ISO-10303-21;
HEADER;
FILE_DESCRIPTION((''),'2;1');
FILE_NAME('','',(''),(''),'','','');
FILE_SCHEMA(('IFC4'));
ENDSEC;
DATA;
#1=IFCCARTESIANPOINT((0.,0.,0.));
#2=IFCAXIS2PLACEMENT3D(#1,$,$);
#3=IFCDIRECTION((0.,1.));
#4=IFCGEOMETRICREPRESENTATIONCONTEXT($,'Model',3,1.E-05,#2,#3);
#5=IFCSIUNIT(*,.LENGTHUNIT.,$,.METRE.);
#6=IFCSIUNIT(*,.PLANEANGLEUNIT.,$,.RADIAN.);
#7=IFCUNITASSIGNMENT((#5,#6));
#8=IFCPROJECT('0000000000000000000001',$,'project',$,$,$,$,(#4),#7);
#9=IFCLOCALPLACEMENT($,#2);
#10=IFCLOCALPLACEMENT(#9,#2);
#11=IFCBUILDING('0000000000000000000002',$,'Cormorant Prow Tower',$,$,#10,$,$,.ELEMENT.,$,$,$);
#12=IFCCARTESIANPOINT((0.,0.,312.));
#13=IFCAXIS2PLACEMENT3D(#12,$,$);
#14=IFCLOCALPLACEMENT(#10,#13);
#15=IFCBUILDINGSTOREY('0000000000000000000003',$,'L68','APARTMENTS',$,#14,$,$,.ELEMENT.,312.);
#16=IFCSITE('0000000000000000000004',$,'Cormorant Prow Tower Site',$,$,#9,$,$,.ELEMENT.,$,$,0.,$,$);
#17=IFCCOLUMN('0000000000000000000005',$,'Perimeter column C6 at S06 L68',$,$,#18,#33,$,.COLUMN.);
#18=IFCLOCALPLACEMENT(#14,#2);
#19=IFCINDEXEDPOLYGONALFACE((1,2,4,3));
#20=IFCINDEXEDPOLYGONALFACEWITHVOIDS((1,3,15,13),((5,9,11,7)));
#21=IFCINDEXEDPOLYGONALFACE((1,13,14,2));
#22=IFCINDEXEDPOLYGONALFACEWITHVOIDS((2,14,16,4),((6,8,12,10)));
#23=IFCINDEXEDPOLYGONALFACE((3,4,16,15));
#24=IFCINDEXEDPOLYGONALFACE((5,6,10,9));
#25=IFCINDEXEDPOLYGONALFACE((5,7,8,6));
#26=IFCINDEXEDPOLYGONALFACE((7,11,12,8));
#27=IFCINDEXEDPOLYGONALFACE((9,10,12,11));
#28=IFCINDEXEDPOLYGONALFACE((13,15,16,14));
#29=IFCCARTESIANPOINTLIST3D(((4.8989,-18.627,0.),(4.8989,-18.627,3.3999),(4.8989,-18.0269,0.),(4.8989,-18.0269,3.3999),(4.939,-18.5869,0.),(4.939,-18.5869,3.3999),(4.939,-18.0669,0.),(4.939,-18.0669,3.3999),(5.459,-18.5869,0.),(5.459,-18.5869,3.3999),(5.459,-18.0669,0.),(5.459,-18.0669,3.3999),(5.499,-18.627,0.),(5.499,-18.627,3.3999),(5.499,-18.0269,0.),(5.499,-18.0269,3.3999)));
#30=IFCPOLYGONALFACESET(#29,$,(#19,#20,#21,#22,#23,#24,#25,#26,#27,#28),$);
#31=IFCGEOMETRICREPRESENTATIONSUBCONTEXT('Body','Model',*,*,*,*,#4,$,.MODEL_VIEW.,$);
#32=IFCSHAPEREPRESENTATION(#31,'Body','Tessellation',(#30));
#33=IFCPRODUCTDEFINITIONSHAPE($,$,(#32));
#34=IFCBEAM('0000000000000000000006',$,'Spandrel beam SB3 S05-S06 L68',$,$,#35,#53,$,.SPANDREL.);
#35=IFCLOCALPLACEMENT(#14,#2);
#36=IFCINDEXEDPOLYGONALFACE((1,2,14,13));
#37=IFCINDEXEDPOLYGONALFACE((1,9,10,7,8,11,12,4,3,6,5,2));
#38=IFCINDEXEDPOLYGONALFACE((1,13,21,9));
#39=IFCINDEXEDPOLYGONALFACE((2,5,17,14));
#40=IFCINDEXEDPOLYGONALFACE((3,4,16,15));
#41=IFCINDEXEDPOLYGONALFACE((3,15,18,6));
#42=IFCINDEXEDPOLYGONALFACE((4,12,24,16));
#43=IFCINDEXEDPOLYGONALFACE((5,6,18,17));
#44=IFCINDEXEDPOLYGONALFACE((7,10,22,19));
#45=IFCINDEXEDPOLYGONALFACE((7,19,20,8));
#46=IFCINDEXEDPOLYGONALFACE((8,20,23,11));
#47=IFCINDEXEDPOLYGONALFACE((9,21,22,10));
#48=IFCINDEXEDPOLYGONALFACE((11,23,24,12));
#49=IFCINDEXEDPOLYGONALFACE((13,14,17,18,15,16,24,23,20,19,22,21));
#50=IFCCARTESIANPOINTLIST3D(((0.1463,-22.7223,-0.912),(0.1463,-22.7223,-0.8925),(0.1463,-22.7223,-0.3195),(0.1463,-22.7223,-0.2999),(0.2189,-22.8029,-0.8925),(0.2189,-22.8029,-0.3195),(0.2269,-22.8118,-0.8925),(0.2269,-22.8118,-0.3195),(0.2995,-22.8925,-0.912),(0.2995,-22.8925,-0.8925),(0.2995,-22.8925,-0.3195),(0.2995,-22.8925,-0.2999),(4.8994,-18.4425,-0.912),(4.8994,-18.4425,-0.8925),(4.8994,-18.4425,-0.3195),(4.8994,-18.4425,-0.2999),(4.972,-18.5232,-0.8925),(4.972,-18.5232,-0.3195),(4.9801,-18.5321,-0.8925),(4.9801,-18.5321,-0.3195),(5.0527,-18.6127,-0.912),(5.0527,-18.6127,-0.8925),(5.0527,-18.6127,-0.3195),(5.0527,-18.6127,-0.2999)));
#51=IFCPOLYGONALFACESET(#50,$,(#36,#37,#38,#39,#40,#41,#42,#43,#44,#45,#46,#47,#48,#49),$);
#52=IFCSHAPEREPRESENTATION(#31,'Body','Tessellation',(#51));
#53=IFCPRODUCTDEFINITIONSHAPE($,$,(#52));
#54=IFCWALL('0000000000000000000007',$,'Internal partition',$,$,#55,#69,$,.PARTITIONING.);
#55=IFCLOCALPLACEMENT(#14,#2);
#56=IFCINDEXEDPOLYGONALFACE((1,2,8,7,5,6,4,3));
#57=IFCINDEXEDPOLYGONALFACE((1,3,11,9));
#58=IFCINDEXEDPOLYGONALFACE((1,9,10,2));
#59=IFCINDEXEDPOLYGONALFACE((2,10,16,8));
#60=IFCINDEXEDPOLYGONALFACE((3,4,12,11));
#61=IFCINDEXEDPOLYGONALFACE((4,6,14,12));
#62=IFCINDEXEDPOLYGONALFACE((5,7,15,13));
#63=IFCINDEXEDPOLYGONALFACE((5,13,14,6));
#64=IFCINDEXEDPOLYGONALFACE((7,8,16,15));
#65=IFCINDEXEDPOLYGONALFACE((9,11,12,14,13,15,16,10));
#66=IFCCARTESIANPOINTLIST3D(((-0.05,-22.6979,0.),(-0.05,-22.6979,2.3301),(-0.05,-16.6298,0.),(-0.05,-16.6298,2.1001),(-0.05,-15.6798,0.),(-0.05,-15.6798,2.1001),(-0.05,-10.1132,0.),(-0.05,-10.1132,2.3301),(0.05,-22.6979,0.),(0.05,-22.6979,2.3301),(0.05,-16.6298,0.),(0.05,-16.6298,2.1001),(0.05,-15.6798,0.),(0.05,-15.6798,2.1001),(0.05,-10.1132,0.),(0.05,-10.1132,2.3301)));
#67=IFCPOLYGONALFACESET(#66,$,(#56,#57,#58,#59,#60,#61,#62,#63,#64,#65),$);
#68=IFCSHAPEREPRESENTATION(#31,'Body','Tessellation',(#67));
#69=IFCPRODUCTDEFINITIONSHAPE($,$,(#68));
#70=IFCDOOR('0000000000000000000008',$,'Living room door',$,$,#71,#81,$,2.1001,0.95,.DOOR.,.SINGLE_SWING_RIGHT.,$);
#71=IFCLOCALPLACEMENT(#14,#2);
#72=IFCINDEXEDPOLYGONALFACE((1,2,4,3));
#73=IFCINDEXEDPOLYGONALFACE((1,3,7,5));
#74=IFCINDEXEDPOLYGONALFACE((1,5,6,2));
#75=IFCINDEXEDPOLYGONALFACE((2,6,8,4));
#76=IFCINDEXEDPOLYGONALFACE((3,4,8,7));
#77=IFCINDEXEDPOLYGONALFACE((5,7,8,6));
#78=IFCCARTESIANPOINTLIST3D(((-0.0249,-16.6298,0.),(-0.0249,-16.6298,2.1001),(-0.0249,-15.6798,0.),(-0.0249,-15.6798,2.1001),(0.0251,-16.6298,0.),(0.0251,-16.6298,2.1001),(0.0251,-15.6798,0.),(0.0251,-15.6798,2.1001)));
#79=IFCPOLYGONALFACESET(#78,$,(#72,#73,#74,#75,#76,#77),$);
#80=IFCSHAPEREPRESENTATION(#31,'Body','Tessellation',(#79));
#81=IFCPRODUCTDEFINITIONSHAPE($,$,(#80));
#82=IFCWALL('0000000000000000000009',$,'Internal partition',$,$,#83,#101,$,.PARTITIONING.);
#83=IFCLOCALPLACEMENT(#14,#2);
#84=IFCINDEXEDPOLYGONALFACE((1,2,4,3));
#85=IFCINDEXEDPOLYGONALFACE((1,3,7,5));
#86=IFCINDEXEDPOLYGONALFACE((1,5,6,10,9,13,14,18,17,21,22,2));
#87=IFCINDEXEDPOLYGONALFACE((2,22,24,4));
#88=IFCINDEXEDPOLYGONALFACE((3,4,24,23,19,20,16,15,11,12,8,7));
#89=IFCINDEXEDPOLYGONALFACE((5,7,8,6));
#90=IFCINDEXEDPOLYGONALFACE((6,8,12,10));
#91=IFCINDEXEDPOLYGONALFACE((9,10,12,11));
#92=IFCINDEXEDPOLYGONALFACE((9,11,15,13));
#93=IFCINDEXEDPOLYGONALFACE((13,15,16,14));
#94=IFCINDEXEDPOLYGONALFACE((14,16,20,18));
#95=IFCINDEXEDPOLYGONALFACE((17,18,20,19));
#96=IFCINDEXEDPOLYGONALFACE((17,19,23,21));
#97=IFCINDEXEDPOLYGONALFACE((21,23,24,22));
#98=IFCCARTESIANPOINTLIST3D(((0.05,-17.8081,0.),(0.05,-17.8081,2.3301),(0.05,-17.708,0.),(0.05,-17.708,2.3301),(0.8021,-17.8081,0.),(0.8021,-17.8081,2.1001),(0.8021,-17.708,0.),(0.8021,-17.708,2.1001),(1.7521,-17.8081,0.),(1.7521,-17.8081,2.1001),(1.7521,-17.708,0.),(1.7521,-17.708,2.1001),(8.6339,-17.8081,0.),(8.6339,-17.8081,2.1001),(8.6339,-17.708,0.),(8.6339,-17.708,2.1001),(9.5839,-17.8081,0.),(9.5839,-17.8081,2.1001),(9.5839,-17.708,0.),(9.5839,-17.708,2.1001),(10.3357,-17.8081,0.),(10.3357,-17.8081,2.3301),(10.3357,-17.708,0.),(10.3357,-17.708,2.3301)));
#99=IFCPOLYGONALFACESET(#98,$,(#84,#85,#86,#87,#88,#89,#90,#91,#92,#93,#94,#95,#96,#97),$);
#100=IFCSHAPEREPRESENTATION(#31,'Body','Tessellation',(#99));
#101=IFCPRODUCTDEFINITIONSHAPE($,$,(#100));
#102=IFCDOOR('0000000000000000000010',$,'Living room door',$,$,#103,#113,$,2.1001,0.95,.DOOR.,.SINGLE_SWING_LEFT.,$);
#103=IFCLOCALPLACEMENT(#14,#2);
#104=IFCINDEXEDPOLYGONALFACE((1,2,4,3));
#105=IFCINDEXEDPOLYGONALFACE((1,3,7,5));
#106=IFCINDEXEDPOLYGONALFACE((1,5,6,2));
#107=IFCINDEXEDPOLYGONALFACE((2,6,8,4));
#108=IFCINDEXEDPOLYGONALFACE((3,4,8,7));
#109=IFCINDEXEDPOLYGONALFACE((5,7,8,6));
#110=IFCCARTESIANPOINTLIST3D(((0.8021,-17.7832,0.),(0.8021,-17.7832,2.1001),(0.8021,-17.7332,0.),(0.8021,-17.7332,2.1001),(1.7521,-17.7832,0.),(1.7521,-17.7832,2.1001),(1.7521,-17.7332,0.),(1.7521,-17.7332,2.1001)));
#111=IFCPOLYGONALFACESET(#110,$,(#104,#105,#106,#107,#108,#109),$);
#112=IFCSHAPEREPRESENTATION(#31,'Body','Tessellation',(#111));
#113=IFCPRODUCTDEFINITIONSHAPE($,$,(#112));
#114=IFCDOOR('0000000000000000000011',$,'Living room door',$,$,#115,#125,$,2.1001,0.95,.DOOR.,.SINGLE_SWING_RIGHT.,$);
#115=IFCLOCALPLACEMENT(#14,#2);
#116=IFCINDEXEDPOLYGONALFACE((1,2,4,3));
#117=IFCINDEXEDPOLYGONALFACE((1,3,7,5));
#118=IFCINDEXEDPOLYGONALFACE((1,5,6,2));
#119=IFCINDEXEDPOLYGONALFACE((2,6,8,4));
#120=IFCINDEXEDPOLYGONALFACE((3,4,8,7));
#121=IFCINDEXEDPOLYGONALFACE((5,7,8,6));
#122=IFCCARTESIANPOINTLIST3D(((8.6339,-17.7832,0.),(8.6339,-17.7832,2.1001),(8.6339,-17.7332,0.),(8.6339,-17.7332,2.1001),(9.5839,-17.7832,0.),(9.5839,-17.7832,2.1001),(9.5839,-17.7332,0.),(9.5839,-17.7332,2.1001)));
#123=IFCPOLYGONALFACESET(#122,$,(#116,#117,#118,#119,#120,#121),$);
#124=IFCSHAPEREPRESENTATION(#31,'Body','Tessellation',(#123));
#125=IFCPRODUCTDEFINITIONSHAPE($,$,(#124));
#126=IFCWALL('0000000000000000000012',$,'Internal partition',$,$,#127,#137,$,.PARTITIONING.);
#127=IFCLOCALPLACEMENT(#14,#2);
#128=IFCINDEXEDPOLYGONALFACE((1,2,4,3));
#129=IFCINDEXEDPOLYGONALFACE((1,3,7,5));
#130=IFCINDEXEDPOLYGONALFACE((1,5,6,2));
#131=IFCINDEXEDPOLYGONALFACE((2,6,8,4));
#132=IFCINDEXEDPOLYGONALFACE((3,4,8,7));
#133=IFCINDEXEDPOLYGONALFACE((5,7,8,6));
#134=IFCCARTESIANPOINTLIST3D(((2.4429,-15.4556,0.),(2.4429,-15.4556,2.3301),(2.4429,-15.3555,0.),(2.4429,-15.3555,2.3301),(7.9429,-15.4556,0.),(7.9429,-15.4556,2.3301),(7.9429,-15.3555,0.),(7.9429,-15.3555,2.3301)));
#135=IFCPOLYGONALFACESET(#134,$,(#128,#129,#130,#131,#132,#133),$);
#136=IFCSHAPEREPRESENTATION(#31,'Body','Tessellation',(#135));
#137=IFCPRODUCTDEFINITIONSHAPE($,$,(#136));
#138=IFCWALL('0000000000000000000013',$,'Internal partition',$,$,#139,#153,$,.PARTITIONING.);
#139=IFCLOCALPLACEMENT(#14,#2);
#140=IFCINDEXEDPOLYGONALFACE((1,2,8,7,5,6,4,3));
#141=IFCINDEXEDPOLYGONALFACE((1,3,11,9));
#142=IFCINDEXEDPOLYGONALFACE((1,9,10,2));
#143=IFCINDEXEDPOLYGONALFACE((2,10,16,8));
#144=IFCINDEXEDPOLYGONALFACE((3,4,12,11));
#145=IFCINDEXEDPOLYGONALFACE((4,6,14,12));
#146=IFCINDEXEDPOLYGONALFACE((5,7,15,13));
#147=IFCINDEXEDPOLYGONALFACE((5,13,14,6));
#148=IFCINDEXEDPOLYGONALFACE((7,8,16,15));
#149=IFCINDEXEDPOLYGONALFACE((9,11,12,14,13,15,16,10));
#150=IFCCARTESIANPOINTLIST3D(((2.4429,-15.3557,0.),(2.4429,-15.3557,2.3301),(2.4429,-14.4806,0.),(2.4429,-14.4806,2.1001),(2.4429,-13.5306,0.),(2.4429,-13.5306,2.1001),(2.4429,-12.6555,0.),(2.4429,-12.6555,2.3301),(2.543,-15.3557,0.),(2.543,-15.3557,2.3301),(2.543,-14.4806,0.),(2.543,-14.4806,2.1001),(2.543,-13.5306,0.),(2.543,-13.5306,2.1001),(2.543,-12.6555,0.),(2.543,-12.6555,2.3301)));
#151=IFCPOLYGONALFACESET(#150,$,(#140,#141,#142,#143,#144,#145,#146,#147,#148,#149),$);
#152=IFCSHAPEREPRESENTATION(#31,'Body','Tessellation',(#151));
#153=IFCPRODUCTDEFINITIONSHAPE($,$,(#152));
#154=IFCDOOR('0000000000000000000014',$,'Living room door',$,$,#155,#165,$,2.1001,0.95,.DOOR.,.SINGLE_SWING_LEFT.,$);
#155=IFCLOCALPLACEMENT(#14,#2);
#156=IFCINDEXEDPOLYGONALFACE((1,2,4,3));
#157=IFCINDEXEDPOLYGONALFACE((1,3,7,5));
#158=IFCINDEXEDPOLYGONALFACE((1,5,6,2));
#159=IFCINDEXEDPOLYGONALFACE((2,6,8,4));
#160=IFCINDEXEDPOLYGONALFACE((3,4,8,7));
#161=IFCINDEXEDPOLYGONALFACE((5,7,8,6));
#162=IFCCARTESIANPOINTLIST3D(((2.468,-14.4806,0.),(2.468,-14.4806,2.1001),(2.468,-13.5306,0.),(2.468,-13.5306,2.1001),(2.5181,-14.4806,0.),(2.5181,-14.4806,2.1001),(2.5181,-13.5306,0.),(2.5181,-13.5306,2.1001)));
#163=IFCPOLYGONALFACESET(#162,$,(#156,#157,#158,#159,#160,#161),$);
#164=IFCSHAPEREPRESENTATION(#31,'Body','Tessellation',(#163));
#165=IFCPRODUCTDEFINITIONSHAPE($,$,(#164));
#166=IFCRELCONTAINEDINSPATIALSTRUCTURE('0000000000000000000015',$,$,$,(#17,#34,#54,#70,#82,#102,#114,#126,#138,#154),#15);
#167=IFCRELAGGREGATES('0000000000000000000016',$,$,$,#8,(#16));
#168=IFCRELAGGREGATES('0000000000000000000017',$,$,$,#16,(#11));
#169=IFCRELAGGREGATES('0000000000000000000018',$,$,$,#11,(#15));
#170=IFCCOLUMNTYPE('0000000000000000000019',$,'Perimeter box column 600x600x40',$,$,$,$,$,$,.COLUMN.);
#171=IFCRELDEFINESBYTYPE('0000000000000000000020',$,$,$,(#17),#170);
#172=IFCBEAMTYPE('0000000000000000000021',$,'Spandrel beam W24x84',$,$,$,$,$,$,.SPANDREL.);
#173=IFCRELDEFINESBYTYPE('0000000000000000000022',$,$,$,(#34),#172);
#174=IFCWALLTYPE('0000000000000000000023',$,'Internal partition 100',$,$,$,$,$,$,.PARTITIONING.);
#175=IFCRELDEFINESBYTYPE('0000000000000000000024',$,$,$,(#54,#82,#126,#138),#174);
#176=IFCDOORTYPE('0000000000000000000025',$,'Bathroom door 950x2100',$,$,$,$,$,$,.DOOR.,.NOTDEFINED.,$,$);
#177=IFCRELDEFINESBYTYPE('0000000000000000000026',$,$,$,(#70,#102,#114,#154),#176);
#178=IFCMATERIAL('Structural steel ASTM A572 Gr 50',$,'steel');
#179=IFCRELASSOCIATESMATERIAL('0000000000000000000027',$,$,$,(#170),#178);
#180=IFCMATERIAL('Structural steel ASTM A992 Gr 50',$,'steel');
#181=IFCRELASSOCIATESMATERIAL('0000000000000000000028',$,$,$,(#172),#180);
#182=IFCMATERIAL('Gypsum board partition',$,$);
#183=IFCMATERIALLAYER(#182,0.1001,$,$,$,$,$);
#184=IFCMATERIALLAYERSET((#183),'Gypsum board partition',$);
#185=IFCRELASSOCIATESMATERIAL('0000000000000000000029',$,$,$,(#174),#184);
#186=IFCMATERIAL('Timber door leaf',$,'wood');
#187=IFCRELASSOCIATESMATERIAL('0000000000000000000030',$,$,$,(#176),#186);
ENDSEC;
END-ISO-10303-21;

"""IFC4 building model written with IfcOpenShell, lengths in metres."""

from ifc_helpers import new_model, si_unit, direction, frame, frame_2d, origin, origin_2d, place, context, subcontext, project, spatial, rectangle, hollow_rectangle, i_section, extrude, material, layer, layer_set, material_profile, profile_set, type_object, element, fill, save


model = new_model("IFC4")

# Units and contexts
model_context = context("Model", 3, precision=1e-05, world=origin(), true_north=direction((0.0, 1.0)))
body_context = subcontext(model_context, "Body", "Model", "MODEL_VIEW")
ifc_project = project(units=[si_unit("LENGTHUNIT", "METRE"), si_unit("PLANEANGLEUNIT", "RADIAN")], contexts=[model_context])

# Site, building, storey
site_placement = place(None, origin())
site = spatial("IfcSite", under=ifc_project, at=site_placement, Name="Cormorant Prow Tower Site", CompositionType="ELEMENT", RefElevation=0.0)
building_placement = place(site_placement, origin())
building = spatial("IfcBuilding", under=site, at=building_placement, Name="Cormorant Prow Tower", CompositionType="ELEMENT")
storey_placement = place(building_placement, frame((0.0, 0.0, 312.0)))
storey = spatial("IfcBuildingStorey", under=building, at=storey_placement, Name="L68", Description="APARTMENTS", CompositionType="ELEMENT", Elevation=312.0)

# Column
ifc_material_1 = material(Name="Structural steel ASTM A572 Gr 50", Category="steel")
ifc_material_profile_1 = material_profile(ifc_material_1, hollow_rectangle(XDim=0.6001, YDim=0.6001, WallThickness=0.04, at=origin_2d()), Name="Box 600x600x40")
ifc_profile_set_1 = profile_set([ifc_material_profile_1], Name="Structural steel ASTM A572 Gr 50")
column_type = type_object("IfcColumnType", Name="Perimeter box column 600x600x40", PredefinedType="COLUMN", material=ifc_profile_set_1)
column_placement = place(storey_placement, frame((5.199, -18.3269, 0.0), z_axis=(0.0, 0.0, 1.0), x_axis=(1.0, 0.0, 0.0)))
element("IfcColumn", 1, at=column_placement, inside=storey, type_object=column_type, Name="Perimeter column C6 at S06 L68", PredefinedType="COLUMN", context=body_context, shape_type="SweptSolid", body=[
    extrude(hollow_rectangle(XDim=0.6001, YDim=0.6001, WallThickness=0.04, at=origin_2d()), origin(), (0.0, 0.0, 1.0), 3.3999),
])

# Beam
ifc_material_2 = material(Name="Structural steel ASTM A992 Gr 50", Category="steel")
ifc_material_profile_2 = material_profile(ifc_material_2, i_section(OverallWidth=0.229, OverallDepth=0.6121, WebThickness=0.012, FlangeThickness=0.0195, at=origin_2d()), Name="W24x84")
ifc_profile_set_2 = profile_set([ifc_material_profile_2], Name="Structural steel ASTM A992 Gr 50")
beam_type = type_object("IfcBeamType", Name="Spandrel beam W24x84", PredefinedType="SPANDREL", material=ifc_profile_set_2)
beam_placement = place(storey_placement, frame((0.2229, -22.8074, -0.606), z_axis=(0.743144, 0.669131, 0.0), x_axis=(-0.669131, 0.743144, 0.0)))
element("IfcBeam", 2, at=beam_placement, inside=storey, type_object=beam_type, Name="Spandrel beam SB3 S05-S06 L68", PredefinedType="SPANDREL", context=body_context, shape_type="SweptSolid", body=[
    extrude(i_section(OverallWidth=0.229, OverallDepth=0.6121, WebThickness=0.012, FlangeThickness=0.0195, at=origin_2d()), origin(), (0.0, 0.0, 1.0), 6.396),
])

# Wall, opening, door
ifc_material_3 = material(Name="Gypsum board partition")
ifc_layer_1 = layer(ifc_material_3, 0.1001)
ifc_layer_set_1 = layer_set([ifc_layer_1], Name="Gypsum board partition")
wall_type_1 = type_object("IfcWallType", Name="Internal partition 100", PredefinedType="PARTITIONING", material=ifc_layer_set_1)
wall_1_placement = place(storey_placement, frame((0.0, -22.698, 0.0), z_axis=(0.0, 0.0, 1.0), x_axis=(0.0, 1.0, 0.0)))
wall_1 = element("IfcWall", 3, at=wall_1_placement, inside=storey, type_object=wall_type_1, Name="Internal partition", PredefinedType="PARTITIONING", context=body_context, shape_type="SweptSolid", body=[
    extrude(rectangle(XDim=12.5847, YDim=0.1001, at=frame_2d((6.2925, 0.0))), origin(), (0.0, 0.0, 1.0), 2.3301),
])
opening_1_placement = place(wall_1_placement, frame((6.0681, 0.0, 0.0)))
opening_1 = element("IfcOpeningElement", 4, at=opening_1_placement, cuts=wall_1, PredefinedType="OPENING", context=body_context, shape_type="SweptSolid", body=[
    extrude(rectangle(XDim=0.95, YDim=2.1001, at=frame_2d((0.4751, 1.05))), frame((0.0, 0.0601, 0.0), z_axis=(0.0, -1.0, 0.0), x_axis=(1.0, 0.0, 0.0)), (0.0, 0.0, 1.0), 0.1201),
])
ifc_material_4 = material(Name="Timber door leaf", Category="wood")
door_type_1 = type_object("IfcDoorType", Name="Bathroom door 950x2100", OperationType="NOTDEFINED", PredefinedType="DOOR", material=ifc_material_4)
door_1_placement = place(opening_1_placement, origin())
door_1 = element("IfcDoor", 5, at=door_1_placement, inside=storey, type_object=door_type_1, Name="Living room door", OperationType="SINGLE_SWING_RIGHT", OverallHeight=2.1001, OverallWidth=0.95, PredefinedType="DOOR", context=body_context, shape_type="SweptSolid", body=[
    extrude(rectangle(XDim=0.95, YDim=2.1001, at=frame_2d((0.4751, 1.05))), frame((0.0, 0.0249, 0.0), z_axis=(0.0, -1.0, 0.0), x_axis=(1.0, 0.0, 0.0)), (0.0, 0.0, 1.0), 0.05),
])
fill(opening_1, door_1)

# Wall, openings, doors
wall_2_placement = place(storey_placement, frame((0.05, -17.7581, 0.0), z_axis=(0.0, 0.0, 1.0), x_axis=(1.0, 0.0, 0.0)))
wall_2 = element("IfcWall", 6, at=wall_2_placement, inside=storey, type_object=wall_type_1, Name="Internal partition", PredefinedType="PARTITIONING", context=body_context, shape_type="SweptSolid", body=[
    extrude(rectangle(XDim=10.2856, YDim=0.1001, at=frame_2d((5.1428, 0.0))), origin(), (0.0, 0.0, 1.0), 2.3301),
])
opening_2_placement = place(wall_2_placement, frame((0.752, 0.0, 0.0)))
opening_2 = element("IfcOpeningElement", 7, at=opening_2_placement, cuts=wall_2, PredefinedType="OPENING", context=body_context, shape_type="SweptSolid", body=[
    extrude(rectangle(XDim=0.95, YDim=2.1001, at=frame_2d((0.4751, 1.05))), frame((0.0, 0.0601, 0.0), z_axis=(0.0, -1.0, 0.0), x_axis=(1.0, 0.0, 0.0)), (0.0, 0.0, 1.0), 0.1201),
])
opening_3_placement = place(wall_2_placement, frame((8.5837, 0.0, 0.0)))
opening_3 = element("IfcOpeningElement", 8, at=opening_3_placement, cuts=wall_2, PredefinedType="OPENING", context=body_context, shape_type="SweptSolid", body=[
    extrude(rectangle(XDim=0.95, YDim=2.1001, at=frame_2d((0.4751, 1.05))), frame((0.0, 0.0601, 0.0), z_axis=(0.0, -1.0, 0.0), x_axis=(1.0, 0.0, 0.0)), (0.0, 0.0, 1.0), 0.1201),
])
door_2_placement = place(opening_2_placement, origin())
door_2 = element("IfcDoor", 9, at=door_2_placement, inside=storey, type_object=door_type_1, Name="Living room door", OperationType="SINGLE_SWING_LEFT", OverallHeight=2.1001, OverallWidth=0.95, PredefinedType="DOOR", context=body_context, shape_type="SweptSolid", body=[
    extrude(rectangle(XDim=0.95, YDim=2.1001, at=frame_2d((0.4751, 1.05))), frame((0.0, 0.0249, 0.0), z_axis=(0.0, -1.0, 0.0), x_axis=(1.0, 0.0, 0.0)), (0.0, 0.0, 1.0), 0.05),
])
fill(opening_2, door_2)
door_3_placement = place(opening_3_placement, origin())
door_3 = element("IfcDoor", 10, at=door_3_placement, inside=storey, type_object=door_type_1, Name="Living room door", OperationType="SINGLE_SWING_RIGHT", OverallHeight=2.1001, OverallWidth=0.95, PredefinedType="DOOR", context=body_context, shape_type="SweptSolid", body=[
    extrude(rectangle(XDim=0.95, YDim=2.1001, at=frame_2d((0.4751, 1.05))), frame((0.0, 0.0249, 0.0), z_axis=(0.0, -1.0, 0.0), x_axis=(1.0, 0.0, 0.0)), (0.0, 0.0, 1.0), 0.05),
])
fill(opening_3, door_3)

# Wall
wall_3_placement = place(storey_placement, frame((2.4429, -15.4055, 0.0), z_axis=(0.0, 0.0, 1.0), x_axis=(1.0, 0.0, 0.0)))
element("IfcWall", 11, at=wall_3_placement, inside=storey, type_object=wall_type_1, Name="Internal partition", PredefinedType="PARTITIONING", context=body_context, shape_type="SweptSolid", body=[
    extrude(rectangle(XDim=5.5, YDim=0.1001, at=frame_2d((2.75, 0.0))), origin(), (0.0, 0.0, 1.0), 2.3301),
])

# Wall, opening, door
wall_4_placement = place(storey_placement, frame((2.4929, -15.3557, 0.0), z_axis=(0.0, 0.0, 1.0), x_axis=(0.0, 1.0, 0.0)))
wall_4 = element("IfcWall", 12, at=wall_4_placement, inside=storey, type_object=wall_type_1, Name="Internal partition", PredefinedType="PARTITIONING", context=body_context, shape_type="SweptSolid", body=[
    extrude(rectangle(XDim=2.7002, YDim=0.1001, at=frame_2d((1.3501, 0.0))), origin(), (0.0, 0.0, 1.0), 2.3301),
])
opening_4_placement = place(wall_4_placement, frame((0.875, 0.0, 0.0)))
opening_4 = element("IfcOpeningElement", 13, at=opening_4_placement, cuts=wall_4, PredefinedType="OPENING", context=body_context, shape_type="SweptSolid", body=[
    extrude(rectangle(XDim=0.95, YDim=2.1001, at=frame_2d((0.4751, 1.05))), frame((0.0, 0.0601, 0.0), z_axis=(0.0, -1.0, 0.0), x_axis=(1.0, 0.0, 0.0)), (0.0, 0.0, 1.0), 0.1201),
])
door_4_placement = place(opening_4_placement, origin())
door_4 = element("IfcDoor", 14, at=door_4_placement, inside=storey, type_object=door_type_1, Name="Living room door", OperationType="SINGLE_SWING_LEFT", OverallHeight=2.1001, OverallWidth=0.95, PredefinedType="DOOR", context=body_context, shape_type="SweptSolid", body=[
    extrude(rectangle(XDim=0.95, YDim=2.1001, at=frame_2d((0.4751, 1.05))), frame((0.0, 0.0249, 0.0), z_axis=(0.0, -1.0, 0.0), x_axis=(1.0, 0.0, 0.0)), (0.0, 0.0, 1.0), 0.05),
])
fill(opening_4, door_4)

save(model, "model.ifc")
